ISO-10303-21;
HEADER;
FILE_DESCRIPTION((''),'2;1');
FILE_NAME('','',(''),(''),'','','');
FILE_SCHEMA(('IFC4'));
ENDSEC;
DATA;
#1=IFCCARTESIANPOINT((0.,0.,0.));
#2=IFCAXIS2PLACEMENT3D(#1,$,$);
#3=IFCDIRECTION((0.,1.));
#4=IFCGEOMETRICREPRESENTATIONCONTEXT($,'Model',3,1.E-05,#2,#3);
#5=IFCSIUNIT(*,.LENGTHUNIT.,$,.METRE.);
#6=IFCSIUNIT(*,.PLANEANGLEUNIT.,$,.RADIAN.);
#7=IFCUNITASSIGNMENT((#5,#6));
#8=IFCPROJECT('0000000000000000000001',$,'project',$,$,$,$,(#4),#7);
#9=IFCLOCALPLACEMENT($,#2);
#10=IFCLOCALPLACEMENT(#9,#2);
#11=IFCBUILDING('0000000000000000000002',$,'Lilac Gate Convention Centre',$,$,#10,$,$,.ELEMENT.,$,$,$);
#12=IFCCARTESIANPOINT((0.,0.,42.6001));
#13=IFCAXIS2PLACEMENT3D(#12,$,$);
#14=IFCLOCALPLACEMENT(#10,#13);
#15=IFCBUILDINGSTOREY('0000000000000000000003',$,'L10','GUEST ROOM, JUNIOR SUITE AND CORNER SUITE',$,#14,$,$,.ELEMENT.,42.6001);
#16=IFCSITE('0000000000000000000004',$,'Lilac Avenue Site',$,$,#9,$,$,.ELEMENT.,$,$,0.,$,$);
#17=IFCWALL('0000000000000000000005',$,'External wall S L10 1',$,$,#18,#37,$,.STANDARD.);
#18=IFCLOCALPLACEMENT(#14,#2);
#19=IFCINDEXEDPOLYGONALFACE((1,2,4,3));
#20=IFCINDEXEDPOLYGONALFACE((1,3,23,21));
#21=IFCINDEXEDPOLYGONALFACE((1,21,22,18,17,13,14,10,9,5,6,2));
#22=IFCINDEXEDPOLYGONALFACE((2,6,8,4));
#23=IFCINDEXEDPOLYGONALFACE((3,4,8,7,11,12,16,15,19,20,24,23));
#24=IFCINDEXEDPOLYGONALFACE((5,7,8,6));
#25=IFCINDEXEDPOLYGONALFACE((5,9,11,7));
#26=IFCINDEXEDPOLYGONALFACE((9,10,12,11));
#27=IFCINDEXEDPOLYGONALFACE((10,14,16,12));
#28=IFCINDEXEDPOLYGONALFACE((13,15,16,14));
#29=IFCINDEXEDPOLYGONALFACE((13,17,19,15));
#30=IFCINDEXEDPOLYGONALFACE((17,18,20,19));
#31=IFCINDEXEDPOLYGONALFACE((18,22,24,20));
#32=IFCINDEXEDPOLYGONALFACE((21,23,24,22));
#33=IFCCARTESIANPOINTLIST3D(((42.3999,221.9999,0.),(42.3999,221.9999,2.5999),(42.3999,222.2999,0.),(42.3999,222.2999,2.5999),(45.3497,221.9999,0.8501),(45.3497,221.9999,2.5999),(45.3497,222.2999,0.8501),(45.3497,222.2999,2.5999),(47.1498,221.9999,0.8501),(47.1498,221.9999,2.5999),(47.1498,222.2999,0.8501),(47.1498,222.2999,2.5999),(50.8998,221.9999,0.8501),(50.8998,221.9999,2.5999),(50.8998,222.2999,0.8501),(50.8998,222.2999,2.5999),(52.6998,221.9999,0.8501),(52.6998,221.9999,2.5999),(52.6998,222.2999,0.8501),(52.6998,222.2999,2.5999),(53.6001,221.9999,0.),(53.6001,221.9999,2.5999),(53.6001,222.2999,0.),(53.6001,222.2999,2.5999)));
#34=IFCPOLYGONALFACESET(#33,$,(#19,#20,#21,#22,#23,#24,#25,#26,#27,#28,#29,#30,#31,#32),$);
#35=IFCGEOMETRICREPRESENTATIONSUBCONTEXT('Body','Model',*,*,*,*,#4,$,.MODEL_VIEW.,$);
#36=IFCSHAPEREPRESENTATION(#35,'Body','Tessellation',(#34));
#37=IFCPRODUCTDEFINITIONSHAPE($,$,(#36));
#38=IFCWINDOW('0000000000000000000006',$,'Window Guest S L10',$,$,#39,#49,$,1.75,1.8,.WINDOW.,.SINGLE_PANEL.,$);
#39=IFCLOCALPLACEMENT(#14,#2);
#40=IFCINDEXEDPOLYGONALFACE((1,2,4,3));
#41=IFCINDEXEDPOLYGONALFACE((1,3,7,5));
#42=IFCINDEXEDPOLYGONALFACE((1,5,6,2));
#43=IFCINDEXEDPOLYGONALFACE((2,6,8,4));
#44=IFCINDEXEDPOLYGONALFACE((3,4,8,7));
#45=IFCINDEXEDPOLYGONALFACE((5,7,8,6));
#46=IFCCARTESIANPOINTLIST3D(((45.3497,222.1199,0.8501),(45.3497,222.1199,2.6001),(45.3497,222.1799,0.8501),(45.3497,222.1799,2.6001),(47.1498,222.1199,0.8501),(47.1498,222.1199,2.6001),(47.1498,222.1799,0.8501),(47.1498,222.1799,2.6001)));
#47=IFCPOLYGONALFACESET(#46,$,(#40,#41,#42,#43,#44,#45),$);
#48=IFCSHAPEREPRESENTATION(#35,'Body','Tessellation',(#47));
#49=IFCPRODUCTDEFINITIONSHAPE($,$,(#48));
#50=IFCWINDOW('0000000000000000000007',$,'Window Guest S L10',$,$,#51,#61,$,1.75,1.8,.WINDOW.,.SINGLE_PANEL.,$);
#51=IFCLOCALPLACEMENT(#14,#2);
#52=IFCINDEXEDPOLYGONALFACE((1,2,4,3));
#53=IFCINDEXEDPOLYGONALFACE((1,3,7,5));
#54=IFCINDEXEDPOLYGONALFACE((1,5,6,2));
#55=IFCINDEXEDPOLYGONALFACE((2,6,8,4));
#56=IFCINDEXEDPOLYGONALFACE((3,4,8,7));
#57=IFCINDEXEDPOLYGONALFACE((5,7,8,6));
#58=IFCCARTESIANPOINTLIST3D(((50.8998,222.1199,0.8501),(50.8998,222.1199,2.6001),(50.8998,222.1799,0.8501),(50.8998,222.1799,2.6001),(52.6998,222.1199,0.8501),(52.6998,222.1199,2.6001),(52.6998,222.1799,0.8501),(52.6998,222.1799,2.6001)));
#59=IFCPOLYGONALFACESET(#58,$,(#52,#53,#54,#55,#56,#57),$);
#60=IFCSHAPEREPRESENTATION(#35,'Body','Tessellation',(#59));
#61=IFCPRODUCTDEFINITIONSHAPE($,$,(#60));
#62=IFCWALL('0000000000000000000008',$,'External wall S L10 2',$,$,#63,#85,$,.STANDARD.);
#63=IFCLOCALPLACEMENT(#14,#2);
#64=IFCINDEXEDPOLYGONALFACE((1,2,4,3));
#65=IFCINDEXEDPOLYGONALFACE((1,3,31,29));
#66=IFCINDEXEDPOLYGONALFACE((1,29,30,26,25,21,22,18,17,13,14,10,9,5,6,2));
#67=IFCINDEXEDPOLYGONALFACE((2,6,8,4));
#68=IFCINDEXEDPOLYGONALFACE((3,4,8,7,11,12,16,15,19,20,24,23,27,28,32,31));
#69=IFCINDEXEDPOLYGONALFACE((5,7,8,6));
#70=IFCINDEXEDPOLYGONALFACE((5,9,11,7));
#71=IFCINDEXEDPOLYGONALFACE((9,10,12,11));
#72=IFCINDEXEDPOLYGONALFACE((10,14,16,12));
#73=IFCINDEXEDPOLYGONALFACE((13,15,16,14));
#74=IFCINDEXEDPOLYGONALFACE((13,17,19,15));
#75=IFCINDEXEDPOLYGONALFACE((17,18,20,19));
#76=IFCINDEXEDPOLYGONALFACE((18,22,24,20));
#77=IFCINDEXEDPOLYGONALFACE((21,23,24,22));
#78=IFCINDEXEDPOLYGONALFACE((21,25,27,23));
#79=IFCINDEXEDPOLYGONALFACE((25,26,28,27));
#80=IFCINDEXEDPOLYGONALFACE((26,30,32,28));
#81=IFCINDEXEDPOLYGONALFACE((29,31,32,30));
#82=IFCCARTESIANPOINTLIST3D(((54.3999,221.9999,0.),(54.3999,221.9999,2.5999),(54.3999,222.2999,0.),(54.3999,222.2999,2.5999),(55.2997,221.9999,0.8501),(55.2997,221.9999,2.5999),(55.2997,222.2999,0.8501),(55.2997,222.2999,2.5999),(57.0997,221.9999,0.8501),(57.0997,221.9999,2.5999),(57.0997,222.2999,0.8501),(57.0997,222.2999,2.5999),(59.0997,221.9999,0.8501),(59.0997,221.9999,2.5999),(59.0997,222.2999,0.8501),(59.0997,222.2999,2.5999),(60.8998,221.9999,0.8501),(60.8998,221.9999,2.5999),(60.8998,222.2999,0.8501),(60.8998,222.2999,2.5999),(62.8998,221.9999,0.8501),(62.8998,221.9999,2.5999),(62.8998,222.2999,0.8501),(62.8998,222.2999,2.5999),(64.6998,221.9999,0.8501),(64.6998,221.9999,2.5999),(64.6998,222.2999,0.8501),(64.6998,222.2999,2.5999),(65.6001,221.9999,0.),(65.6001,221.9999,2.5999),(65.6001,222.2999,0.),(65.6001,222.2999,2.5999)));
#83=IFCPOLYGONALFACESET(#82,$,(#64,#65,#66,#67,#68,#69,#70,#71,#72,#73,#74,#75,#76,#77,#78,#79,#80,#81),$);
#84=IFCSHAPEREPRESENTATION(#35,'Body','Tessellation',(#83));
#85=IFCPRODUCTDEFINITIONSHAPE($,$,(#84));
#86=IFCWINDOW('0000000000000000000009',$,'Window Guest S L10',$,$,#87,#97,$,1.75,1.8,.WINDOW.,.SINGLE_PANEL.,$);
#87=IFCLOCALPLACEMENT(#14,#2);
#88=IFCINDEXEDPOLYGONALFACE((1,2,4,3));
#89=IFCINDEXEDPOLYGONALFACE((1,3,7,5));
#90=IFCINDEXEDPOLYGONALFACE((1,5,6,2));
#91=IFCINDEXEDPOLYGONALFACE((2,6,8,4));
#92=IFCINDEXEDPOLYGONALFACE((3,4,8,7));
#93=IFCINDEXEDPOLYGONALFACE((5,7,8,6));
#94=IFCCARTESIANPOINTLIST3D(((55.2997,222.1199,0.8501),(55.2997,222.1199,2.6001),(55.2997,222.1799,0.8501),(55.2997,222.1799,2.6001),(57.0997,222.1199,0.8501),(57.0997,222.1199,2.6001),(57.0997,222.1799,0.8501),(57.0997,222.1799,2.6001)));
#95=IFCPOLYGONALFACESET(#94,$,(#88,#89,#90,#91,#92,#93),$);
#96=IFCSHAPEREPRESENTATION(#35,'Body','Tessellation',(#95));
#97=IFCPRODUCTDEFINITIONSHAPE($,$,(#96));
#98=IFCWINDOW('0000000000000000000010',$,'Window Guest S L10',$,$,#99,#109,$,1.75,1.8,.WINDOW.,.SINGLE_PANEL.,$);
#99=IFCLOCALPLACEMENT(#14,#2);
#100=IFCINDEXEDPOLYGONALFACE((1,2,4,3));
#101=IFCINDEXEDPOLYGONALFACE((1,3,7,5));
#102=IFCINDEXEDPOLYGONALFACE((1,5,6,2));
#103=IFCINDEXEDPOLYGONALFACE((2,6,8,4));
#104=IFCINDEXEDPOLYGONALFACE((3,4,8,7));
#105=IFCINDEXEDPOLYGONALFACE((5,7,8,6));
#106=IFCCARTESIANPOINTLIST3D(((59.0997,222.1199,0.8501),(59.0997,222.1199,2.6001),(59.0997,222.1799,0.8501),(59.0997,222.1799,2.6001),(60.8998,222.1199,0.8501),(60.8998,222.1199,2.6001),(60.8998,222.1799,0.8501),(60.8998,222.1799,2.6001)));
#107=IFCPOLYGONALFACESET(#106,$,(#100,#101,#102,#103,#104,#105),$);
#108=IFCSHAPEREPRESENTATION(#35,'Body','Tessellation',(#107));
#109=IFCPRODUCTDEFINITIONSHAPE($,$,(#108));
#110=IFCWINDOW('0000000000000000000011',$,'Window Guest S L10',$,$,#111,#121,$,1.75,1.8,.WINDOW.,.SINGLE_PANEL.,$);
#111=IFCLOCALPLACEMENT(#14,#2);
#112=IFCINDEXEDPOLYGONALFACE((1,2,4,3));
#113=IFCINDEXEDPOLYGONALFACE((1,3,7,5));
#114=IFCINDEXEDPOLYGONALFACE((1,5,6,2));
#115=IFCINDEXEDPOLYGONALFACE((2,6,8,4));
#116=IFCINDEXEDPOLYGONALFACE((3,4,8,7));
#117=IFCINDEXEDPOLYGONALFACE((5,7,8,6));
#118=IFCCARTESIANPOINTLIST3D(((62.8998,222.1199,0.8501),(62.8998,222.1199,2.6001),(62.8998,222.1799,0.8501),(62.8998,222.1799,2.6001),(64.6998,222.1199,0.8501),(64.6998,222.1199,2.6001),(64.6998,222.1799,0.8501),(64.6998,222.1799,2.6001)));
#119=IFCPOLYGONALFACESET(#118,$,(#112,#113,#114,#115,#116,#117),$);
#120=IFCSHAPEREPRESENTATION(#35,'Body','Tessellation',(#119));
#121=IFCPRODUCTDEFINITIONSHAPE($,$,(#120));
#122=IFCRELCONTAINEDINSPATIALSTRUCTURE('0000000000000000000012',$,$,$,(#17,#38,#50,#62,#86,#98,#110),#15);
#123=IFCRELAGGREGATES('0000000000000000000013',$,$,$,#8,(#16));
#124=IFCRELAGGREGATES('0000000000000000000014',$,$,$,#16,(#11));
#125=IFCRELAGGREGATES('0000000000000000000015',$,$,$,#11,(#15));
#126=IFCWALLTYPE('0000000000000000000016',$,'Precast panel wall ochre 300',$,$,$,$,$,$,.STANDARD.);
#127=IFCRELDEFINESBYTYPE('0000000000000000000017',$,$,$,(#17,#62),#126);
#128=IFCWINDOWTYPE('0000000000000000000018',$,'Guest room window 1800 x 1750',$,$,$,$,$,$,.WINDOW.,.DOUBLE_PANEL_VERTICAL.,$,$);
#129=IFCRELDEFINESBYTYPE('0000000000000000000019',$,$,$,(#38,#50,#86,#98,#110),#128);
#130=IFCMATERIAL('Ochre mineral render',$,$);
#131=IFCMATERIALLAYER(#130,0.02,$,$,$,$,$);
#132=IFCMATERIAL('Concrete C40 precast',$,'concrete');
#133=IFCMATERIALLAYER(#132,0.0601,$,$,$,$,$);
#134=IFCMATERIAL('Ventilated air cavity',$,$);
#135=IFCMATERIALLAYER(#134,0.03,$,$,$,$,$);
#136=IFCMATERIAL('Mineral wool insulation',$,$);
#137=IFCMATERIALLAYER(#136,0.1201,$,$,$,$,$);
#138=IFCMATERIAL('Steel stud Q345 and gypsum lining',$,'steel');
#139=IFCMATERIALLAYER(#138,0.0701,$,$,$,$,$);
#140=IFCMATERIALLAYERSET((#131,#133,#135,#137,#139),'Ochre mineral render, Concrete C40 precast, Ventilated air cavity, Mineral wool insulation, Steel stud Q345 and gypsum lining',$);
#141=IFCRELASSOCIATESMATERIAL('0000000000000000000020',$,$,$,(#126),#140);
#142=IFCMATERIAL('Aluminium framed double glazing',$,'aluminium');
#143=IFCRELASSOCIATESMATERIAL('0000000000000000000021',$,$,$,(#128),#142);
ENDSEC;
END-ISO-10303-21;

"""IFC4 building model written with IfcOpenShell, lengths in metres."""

from ifc_helpers import new_model, si_unit, direction, frame, frame_2d, origin, place, context, subcontext, project, spatial, rectangle, extrude, material, layer, layer_set, type_object, element, fill, save


model = new_model("IFC4")

# Units and contexts
model_context = context("Model", 3, precision=1e-05, world=origin(), true_north=direction((0.0, 1.0)))
body_context = subcontext(model_context, "Body", "Model", "MODEL_VIEW")
ifc_project = project(units=[si_unit("LENGTHUNIT", "METRE"), si_unit("PLANEANGLEUNIT", "RADIAN")], contexts=[model_context])

# Site, building, storey
site_placement = place(None, origin())
site = spatial("IfcSite", under=ifc_project, at=site_placement, Name="Lilac Avenue Site", CompositionType="ELEMENT", RefElevation=0.0)
building_placement = place(site_placement, origin())
building = spatial("IfcBuilding", under=site, at=building_placement, Name="Lilac Gate Convention Centre", CompositionType="ELEMENT")
storey_placement = place(building_placement, frame((0.0, 0.0, 42.6001)))
storey = spatial("IfcBuildingStorey", under=building, at=storey_placement, Name="L10", Description="GUEST ROOM, JUNIOR SUITE AND CORNER SUITE", CompositionType="ELEMENT", Elevation=42.6001)

# Shared definitions
ifc_material_1 = material(Name="Concrete C40 precast", Category="concrete")

# Walls, openings, windows
ifc_material_2 = material(Name="Ochre mineral render")
ifc_layer_1 = layer(ifc_material_2, 0.02)
ifc_layer_2 = layer(ifc_material_1, 0.0601)
ifc_material_3 = material(Name="Ventilated air cavity")
ifc_layer_3 = layer(ifc_material_3, 0.03)
ifc_material_4 = material(Name="Mineral wool insulation")
ifc_layer_4 = layer(ifc_material_4, 0.1201)
ifc_material_5 = material(Name="Steel stud Q345 and gypsum lining", Category="steel")
ifc_layer_5 = layer(ifc_material_5, 0.0701)
ifc_layer_set_1 = layer_set([ifc_layer_1, ifc_layer_2, ifc_layer_3, ifc_layer_4, ifc_layer_5], Name="Ochre mineral render, Concrete C40 precast, Ventilated air cavity, Mineral wool insulation, Steel stud Q345 and gypsum lining")
wall_type_1 = type_object("IfcWallType", Name="Precast panel wall ochre 300", PredefinedType="STANDARD", material=ifc_layer_set_1)
wall_1_placement = place(storey_placement, frame((42.3999, 222.1499, 0.0), z_axis=(0.0, 0.0, 1.0), x_axis=(1.0, 0.0, 0.0)))
wall_1 = element("IfcWall", 1, at=wall_1_placement, inside=storey, type_object=wall_type_1, Name="External wall S L10 1", PredefinedType="STANDARD", context=body_context, shape_type="SweptSolid", body=[
    extrude(rectangle(XDim=11.2002, YDim=0.3, at=frame_2d((5.6001, 0.0))), origin(), (0.0, 0.0, 1.0), 2.5999),
])
opening_1_placement = place(wall_1_placement, frame((2.95, 0.0, 0.8501)))
opening_1 = element("IfcOpeningElement", 2, at=opening_1_placement, cuts=wall_1, PredefinedType="OPENING", context=body_context, shape_type="SweptSolid", body=[
    extrude(rectangle(XDim=1.8, YDim=1.75, at=frame_2d((0.8999, 0.875))), frame((0.0, 0.1599, 0.0), z_axis=(0.0, -1.0, 0.0), x_axis=(1.0, 0.0, 0.0)), (0.0, 0.0, 1.0), 0.3201),
])
opening_2_placement = place(wall_1_placement, frame((8.5, 0.0, 0.8501)))
opening_2 = element("IfcOpeningElement", 3, at=opening_2_placement, cuts=wall_1, PredefinedType="OPENING", context=body_context, shape_type="SweptSolid", body=[
    extrude(rectangle(XDim=1.8, YDim=1.75, at=frame_2d((0.8999, 0.875))), frame((0.0, 0.1599, 0.0), z_axis=(0.0, -1.0, 0.0), x_axis=(1.0, 0.0, 0.0)), (0.0, 0.0, 1.0), 0.3201),
])
ifc_material_6 = material(Name="Aluminium framed double glazing", Category="aluminium")
window_type = type_object("IfcWindowType", Name="Guest room window 1800 x 1750", PartitioningType="DOUBLE_PANEL_VERTICAL", PredefinedType="WINDOW", material=ifc_material_6)
window_1_placement = place(opening_1_placement, origin())
window_1 = element("IfcWindow", 4, at=window_1_placement, inside=storey, type_object=window_type, Name="Window Guest S L10", OverallHeight=1.75, OverallWidth=1.8, PartitioningType="SINGLE_PANEL", PredefinedType="WINDOW", context=body_context, shape_type="SweptSolid", body=[
    extrude(rectangle(XDim=1.8, YDim=1.75, at=frame_2d((0.8999, 0.875))), frame((0.0, 0.03, 0.0), z_axis=(0.0, -1.0, 0.0), x_axis=(1.0, 0.0, 0.0)), (0.0, 0.0, 1.0), 0.0601),
])
fill(opening_1, window_1)
window_2_placement = place(opening_2_placement, origin())
window_2 = element("IfcWindow", 5, at=window_2_placement, inside=storey, type_object=window_type, Name="Window Guest S L10", OverallHeight=1.75, OverallWidth=1.8, PartitioningType="SINGLE_PANEL", PredefinedType="WINDOW", context=body_context, shape_type="SweptSolid", body=[
    extrude(rectangle(XDim=1.8, YDim=1.75, at=frame_2d((0.8999, 0.875))), frame((0.0, 0.03, 0.0), z_axis=(0.0, -1.0, 0.0), x_axis=(1.0, 0.0, 0.0)), (0.0, 0.0, 1.0), 0.0601),
])
fill(opening_2, window_2)
wall_2_placement = place(storey_placement, frame((54.3999, 222.1499, 0.0), z_axis=(0.0, 0.0, 1.0), x_axis=(1.0, 0.0, 0.0)))
wall_2 = element("IfcWall", 6, at=wall_2_placement, inside=storey, type_object=wall_type_1, Name="External wall S L10 2", PredefinedType="STANDARD", context=body_context, shape_type="SweptSolid", body=[
    extrude(rectangle(XDim=11.2002, YDim=0.3, at=frame_2d((5.6001, 0.0))), origin(), (0.0, 0.0, 1.0), 2.5999),
])
opening_3_placement = place(wall_2_placement, frame((0.8999, 0.0, 0.8501)))
opening_3 = element("IfcOpeningElement", 7, at=opening_3_placement, cuts=wall_2, PredefinedType="OPENING", context=body_context, shape_type="SweptSolid", body=[
    extrude(rectangle(XDim=1.8, YDim=1.75, at=frame_2d((0.8999, 0.875))), frame((0.0, 0.1599, 0.0), z_axis=(0.0, -1.0, 0.0), x_axis=(1.0, 0.0, 0.0)), (0.0, 0.0, 1.0), 0.3201),
])
opening_4_placement = place(wall_2_placement, frame((4.7, 0.0, 0.8501)))
opening_4 = element("IfcOpeningElement", 8, at=opening_4_placement, cuts=wall_2, PredefinedType="OPENING", context=body_context, shape_type="SweptSolid", body=[
    extrude(rectangle(XDim=1.8, YDim=1.75, at=frame_2d((0.8999, 0.875))), frame((0.0, 0.1599, 0.0), z_axis=(0.0, -1.0, 0.0), x_axis=(1.0, 0.0, 0.0)), (0.0, 0.0, 1.0), 0.3201),
])
opening_5_placement = place(wall_2_placement, frame((8.5, 0.0, 0.8501)))
opening_5 = element("IfcOpeningElement", 9, at=opening_5_placement, cuts=wall_2, PredefinedType="OPENING", context=body_context, shape_type="SweptSolid", body=[
    extrude(rectangle(XDim=1.8, YDim=1.75, at=frame_2d((0.8999, 0.875))), frame((0.0, 0.1599, 0.0), z_axis=(0.0, -1.0, 0.0), x_axis=(1.0, 0.0, 0.0)), (0.0, 0.0, 1.0), 0.3201),
])
window_3_placement = place(opening_3_placement, origin())
window_3 = element("IfcWindow", 10, at=window_3_placement, inside=storey, type_object=window_type, Name="Window Guest S L10", OverallHeight=1.75, OverallWidth=1.8, PartitioningType="SINGLE_PANEL", PredefinedType="WINDOW", context=body_context, shape_type="SweptSolid", body=[
    extrude(rectangle(XDim=1.8, YDim=1.75, at=frame_2d((0.8999, 0.875))), frame((0.0, 0.03, 0.0), z_axis=(0.0, -1.0, 0.0), x_axis=(1.0, 0.0, 0.0)), (0.0, 0.0, 1.0), 0.0601),
])
fill(opening_3, window_3)
window_4_placement = place(opening_4_placement, origin())
window_4 = element("IfcWindow", 11, at=window_4_placement, inside=storey, type_object=window_type, Name="Window Guest S L10", OverallHeight=1.75, OverallWidth=1.8, PartitioningType="SINGLE_PANEL", PredefinedType="WINDOW", context=body_context, shape_type="SweptSolid", body=[
    extrude(rectangle(XDim=1.8, YDim=1.75, at=frame_2d((0.8999, 0.875))), frame((0.0, 0.03, 0.0), z_axis=(0.0, -1.0, 0.0), x_axis=(1.0, 0.0, 0.0)), (0.0, 0.0, 1.0), 0.0601),
])
fill(opening_4, window_4)
window_5_placement = place(opening_5_placement, origin())
window_5 = element("IfcWindow", 12, at=window_5_placement, inside=storey, type_object=window_type, Name="Window Guest S L10", OverallHeight=1.75, OverallWidth=1.8, PartitioningType="SINGLE_PANEL", PredefinedType="WINDOW", context=body_context, shape_type="SweptSolid", body=[
    extrude(rectangle(XDim=1.8, YDim=1.75, at=frame_2d((0.8999, 0.875))), frame((0.0, 0.03, 0.0), z_axis=(0.0, -1.0, 0.0), x_axis=(1.0, 0.0, 0.0)), (0.0, 0.0, 1.0), 0.0601),
])
fill(opening_5, window_5)

save(model, "model.ifc")
